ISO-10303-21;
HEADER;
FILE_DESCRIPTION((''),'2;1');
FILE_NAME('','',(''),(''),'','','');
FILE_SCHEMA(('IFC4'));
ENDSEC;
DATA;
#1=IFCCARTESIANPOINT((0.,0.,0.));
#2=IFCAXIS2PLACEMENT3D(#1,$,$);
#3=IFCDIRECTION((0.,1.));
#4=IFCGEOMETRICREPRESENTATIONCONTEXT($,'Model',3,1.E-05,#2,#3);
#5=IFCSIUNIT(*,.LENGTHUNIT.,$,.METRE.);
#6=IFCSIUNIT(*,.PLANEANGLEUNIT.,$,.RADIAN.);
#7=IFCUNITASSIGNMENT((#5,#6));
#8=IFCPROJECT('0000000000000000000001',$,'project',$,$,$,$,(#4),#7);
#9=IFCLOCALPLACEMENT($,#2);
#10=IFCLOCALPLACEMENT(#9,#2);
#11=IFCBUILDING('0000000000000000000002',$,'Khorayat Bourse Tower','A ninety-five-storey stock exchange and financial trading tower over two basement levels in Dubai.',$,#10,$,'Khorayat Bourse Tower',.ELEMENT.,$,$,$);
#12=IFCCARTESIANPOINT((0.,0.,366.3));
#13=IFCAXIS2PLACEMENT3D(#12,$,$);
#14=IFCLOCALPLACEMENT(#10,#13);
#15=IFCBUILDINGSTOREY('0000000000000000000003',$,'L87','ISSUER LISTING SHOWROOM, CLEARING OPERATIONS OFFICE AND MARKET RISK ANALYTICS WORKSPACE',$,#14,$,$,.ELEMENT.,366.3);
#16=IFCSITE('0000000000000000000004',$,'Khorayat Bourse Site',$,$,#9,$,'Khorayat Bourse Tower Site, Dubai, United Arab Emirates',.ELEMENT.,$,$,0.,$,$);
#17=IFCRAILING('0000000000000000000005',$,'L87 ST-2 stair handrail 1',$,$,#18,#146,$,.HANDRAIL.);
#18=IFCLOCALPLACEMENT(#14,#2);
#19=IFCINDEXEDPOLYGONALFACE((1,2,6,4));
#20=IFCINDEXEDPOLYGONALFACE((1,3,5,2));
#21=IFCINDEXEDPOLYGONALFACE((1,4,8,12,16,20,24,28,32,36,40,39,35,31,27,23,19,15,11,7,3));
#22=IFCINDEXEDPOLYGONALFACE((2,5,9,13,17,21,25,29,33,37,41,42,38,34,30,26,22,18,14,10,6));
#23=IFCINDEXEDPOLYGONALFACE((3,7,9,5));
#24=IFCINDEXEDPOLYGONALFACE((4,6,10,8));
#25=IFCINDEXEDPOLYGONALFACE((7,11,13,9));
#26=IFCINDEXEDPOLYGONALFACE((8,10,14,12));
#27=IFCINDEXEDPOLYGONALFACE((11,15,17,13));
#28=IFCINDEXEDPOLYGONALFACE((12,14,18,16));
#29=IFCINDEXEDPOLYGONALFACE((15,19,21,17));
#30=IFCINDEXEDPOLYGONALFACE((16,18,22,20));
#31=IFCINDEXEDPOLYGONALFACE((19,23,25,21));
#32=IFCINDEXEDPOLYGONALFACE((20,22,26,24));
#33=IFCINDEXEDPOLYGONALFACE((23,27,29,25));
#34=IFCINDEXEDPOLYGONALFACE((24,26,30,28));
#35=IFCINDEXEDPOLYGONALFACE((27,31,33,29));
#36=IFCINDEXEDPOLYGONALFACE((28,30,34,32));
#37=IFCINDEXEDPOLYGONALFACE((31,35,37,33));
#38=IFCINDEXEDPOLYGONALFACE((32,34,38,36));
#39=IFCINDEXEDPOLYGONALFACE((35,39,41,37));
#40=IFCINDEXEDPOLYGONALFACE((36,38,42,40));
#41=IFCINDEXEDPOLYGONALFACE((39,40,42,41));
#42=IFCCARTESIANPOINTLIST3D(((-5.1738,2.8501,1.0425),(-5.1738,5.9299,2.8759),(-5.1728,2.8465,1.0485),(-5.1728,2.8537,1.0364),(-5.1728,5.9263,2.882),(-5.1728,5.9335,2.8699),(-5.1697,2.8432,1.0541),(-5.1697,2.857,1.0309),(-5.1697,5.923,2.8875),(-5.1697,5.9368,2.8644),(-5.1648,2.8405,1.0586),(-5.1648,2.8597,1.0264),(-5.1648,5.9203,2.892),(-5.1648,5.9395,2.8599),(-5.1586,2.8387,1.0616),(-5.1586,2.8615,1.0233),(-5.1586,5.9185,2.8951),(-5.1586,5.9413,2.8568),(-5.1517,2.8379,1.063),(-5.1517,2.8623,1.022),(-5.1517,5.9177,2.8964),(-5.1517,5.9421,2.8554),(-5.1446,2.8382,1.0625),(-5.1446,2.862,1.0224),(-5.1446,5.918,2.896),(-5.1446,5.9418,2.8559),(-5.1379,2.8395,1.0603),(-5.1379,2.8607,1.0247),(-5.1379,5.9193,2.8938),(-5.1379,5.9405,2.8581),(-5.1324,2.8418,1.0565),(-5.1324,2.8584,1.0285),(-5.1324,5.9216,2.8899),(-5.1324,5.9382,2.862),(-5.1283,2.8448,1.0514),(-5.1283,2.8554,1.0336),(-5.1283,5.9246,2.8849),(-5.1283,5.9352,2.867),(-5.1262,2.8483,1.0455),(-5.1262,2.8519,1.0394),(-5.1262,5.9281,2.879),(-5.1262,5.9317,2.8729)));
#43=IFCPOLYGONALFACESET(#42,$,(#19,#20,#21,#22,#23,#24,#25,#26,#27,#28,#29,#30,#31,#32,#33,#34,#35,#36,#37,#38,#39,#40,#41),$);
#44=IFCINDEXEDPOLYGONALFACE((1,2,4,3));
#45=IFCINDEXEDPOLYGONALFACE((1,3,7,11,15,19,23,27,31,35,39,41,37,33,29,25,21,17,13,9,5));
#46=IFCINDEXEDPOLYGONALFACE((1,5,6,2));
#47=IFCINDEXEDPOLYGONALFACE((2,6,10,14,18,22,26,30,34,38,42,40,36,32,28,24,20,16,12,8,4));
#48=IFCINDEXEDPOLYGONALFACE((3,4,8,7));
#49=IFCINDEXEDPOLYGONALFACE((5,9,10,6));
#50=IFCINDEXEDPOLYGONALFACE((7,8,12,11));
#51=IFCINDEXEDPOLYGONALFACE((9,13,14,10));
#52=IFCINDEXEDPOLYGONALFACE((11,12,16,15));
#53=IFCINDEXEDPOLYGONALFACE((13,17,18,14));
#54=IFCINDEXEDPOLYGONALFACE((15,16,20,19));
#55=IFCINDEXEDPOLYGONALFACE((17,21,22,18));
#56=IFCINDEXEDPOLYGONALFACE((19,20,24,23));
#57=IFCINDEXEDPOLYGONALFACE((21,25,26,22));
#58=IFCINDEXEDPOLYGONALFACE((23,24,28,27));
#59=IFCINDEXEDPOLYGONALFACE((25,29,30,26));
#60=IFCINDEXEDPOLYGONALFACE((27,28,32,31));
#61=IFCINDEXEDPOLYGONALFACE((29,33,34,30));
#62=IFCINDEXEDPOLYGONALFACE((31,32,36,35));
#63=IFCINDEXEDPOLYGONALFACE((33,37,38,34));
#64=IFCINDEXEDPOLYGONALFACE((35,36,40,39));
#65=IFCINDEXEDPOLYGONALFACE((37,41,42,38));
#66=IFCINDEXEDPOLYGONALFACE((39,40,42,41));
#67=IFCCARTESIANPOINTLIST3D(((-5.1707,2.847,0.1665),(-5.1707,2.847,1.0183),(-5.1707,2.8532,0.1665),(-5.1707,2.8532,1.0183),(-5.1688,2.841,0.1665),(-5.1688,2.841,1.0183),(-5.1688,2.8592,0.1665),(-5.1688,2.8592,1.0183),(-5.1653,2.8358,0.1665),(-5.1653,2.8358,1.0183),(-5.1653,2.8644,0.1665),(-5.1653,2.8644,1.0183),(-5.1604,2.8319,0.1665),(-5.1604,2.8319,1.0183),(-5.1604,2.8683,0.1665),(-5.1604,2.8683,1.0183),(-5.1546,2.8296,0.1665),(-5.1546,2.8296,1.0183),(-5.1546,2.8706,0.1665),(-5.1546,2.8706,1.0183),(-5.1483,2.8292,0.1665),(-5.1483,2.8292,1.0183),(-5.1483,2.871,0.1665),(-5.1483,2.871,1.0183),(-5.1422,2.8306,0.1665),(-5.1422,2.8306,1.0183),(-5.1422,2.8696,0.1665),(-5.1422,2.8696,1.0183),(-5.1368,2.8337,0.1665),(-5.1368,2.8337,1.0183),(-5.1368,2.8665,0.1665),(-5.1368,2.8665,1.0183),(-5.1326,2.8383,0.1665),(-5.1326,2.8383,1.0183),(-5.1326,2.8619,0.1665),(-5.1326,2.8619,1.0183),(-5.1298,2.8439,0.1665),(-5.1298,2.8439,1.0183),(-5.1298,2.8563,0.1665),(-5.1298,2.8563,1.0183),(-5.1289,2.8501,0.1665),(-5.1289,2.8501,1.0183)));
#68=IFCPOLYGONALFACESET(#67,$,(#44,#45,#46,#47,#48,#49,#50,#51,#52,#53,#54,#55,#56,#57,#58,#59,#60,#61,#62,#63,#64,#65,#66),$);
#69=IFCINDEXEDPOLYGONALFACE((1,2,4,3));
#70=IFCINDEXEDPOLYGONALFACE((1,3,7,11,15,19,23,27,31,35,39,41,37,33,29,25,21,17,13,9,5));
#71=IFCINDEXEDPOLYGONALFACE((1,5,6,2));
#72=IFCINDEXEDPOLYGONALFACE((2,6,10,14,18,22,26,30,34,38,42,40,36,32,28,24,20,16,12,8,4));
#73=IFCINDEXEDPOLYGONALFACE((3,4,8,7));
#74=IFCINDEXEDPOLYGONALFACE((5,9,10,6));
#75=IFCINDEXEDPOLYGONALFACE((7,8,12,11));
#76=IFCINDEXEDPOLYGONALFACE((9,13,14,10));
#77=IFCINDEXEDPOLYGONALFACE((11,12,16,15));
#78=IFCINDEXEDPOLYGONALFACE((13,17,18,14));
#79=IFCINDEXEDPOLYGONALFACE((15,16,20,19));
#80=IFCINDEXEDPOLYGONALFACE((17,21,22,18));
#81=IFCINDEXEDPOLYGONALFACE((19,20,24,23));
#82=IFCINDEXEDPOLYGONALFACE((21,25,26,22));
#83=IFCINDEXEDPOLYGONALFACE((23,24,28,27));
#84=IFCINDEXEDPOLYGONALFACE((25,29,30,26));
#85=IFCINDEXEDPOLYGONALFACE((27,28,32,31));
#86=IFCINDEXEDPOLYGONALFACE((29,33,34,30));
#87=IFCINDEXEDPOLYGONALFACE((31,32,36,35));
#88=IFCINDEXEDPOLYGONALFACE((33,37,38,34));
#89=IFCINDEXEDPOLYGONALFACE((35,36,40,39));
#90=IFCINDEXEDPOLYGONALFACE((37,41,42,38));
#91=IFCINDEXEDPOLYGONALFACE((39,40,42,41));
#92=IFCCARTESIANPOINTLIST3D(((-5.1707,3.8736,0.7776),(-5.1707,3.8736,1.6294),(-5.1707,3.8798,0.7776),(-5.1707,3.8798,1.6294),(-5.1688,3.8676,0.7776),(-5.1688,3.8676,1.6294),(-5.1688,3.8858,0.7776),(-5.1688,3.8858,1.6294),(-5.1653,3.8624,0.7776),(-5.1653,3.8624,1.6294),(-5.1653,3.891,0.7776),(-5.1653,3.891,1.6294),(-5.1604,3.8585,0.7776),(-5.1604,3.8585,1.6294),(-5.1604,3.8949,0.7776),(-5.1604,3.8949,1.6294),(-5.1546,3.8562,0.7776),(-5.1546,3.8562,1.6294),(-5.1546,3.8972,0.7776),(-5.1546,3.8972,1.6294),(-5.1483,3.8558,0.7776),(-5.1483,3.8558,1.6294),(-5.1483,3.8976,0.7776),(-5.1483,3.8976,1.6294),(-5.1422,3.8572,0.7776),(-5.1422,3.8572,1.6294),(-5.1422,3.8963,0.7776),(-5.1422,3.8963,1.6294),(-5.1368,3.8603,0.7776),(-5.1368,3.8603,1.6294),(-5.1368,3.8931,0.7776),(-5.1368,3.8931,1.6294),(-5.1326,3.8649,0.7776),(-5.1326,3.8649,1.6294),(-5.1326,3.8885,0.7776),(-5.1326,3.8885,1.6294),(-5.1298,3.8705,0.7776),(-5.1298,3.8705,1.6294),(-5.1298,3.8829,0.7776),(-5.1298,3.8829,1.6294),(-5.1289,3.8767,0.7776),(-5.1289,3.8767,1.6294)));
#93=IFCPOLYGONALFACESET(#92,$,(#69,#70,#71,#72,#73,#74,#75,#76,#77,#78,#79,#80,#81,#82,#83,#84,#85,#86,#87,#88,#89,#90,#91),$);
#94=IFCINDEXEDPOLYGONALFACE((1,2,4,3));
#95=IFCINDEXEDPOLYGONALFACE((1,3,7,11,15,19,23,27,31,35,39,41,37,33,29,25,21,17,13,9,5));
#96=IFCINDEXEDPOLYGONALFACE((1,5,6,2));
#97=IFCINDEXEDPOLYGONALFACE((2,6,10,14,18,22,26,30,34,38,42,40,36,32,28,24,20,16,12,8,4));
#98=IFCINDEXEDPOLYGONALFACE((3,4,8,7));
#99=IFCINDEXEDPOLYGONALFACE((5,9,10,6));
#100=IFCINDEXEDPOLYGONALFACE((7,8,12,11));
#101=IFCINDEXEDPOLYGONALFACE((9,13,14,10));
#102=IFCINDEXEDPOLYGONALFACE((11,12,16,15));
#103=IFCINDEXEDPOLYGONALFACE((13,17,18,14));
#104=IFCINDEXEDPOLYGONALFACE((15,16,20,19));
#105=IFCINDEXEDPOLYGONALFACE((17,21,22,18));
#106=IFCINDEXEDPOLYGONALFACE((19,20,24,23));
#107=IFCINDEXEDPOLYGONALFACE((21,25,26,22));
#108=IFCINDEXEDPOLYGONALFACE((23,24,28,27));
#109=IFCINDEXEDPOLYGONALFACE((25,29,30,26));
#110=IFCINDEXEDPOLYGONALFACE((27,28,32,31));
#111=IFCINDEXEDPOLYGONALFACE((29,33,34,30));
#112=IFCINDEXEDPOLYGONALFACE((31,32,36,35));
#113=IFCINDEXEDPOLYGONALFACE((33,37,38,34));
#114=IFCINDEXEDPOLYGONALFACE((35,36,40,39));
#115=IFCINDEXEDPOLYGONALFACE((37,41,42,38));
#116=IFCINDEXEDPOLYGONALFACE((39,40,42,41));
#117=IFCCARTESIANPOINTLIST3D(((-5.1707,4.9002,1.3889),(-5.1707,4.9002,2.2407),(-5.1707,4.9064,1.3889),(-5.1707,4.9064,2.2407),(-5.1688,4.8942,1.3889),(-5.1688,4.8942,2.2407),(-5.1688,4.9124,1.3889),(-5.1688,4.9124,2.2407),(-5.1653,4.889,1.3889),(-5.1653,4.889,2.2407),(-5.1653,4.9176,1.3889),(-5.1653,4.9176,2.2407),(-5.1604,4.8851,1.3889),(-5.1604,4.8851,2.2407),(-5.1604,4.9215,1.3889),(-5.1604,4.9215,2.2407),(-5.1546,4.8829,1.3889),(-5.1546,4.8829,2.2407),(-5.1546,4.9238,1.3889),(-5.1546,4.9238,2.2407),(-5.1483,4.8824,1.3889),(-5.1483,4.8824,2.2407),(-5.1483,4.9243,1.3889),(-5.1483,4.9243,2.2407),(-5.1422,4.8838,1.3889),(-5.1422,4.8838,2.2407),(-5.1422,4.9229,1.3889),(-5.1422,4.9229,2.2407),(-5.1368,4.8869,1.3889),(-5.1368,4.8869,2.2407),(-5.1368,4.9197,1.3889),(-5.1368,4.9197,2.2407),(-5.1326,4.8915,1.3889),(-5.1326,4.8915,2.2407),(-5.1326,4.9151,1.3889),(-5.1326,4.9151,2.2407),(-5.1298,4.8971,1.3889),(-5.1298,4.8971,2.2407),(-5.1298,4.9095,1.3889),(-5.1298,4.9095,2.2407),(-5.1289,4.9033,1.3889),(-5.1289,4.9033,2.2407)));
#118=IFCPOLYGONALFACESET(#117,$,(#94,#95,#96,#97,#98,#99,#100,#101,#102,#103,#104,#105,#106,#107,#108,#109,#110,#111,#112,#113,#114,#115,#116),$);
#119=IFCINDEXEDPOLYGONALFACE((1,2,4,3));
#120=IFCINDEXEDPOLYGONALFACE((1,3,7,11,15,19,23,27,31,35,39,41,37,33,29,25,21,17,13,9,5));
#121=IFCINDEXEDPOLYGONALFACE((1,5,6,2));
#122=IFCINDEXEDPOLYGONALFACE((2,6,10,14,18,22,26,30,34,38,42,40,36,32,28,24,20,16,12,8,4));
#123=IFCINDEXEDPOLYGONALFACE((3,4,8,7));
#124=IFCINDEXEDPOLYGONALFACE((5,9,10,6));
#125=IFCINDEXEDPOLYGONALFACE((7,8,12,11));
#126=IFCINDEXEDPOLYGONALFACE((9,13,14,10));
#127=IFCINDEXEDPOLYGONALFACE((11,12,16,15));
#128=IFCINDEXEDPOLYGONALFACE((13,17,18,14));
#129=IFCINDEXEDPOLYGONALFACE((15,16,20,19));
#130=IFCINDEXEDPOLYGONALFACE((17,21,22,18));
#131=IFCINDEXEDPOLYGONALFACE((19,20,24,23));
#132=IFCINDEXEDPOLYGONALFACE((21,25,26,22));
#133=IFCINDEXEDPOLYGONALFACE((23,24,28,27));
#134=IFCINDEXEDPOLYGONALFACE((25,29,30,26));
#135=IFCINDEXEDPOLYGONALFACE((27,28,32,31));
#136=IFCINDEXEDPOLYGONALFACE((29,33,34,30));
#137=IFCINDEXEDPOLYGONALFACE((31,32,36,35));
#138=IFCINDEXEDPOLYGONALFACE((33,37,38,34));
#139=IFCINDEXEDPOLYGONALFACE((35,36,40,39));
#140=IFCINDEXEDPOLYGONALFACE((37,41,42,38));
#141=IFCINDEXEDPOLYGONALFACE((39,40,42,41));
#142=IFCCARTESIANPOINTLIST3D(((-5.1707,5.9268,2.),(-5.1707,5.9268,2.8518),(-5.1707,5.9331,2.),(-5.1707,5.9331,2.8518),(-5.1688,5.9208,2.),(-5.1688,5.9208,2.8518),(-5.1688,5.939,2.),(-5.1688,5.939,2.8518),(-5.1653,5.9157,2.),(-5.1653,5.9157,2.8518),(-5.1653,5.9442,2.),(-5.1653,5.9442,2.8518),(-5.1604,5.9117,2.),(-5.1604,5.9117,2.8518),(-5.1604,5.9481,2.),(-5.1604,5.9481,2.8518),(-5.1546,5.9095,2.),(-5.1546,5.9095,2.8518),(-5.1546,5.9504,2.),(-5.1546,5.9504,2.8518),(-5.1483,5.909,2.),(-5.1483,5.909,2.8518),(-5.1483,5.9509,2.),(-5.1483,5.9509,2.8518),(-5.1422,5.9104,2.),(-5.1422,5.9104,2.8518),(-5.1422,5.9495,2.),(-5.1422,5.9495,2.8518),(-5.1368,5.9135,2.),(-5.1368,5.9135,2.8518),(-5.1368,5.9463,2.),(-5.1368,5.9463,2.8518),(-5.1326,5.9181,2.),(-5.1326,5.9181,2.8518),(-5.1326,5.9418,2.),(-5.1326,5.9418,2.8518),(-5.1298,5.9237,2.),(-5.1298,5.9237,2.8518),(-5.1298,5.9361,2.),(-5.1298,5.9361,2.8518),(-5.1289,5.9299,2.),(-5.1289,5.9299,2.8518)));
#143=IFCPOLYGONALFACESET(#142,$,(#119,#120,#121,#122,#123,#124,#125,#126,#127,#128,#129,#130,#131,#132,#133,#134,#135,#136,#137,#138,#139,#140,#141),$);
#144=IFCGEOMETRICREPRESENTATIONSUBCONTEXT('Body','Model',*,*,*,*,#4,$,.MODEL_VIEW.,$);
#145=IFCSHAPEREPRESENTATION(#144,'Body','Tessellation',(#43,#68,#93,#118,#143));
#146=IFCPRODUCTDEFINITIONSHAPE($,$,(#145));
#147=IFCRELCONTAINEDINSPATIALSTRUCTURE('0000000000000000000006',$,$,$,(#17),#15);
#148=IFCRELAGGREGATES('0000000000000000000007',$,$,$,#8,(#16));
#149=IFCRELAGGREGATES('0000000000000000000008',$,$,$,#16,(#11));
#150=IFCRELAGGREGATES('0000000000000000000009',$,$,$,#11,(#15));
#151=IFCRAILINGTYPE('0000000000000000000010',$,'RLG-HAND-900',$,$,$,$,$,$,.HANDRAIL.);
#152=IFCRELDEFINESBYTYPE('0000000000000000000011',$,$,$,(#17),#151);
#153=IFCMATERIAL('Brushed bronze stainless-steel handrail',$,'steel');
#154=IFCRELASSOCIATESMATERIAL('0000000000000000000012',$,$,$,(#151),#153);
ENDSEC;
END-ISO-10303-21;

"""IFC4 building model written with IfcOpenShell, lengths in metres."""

from ifc_helpers import new_model, si_unit, direction, frame, origin, origin_2d, place, context, subcontext, project, spatial, circle, extrude, source, transform, mapped, material, type_object, element, save


model = new_model("IFC4")

# Units and contexts
model_context = context("Model", 3, precision=1e-05, world=origin(), true_north=direction((0.0, 1.0)))
body_context = subcontext(model_context, "Body", "Model", "MODEL_VIEW")
ifc_project = project(units=[si_unit("LENGTHUNIT", "METRE"), si_unit("PLANEANGLEUNIT", "RADIAN")], contexts=[model_context])

# Site, building, storey
site_placement = place(None, origin())
site = spatial("IfcSite", under=ifc_project, at=site_placement, Name="Khorayat Bourse Site", LongName="Khorayat Bourse Tower Site, Dubai, United Arab Emirates", CompositionType="ELEMENT", RefElevation=0.0)
building_placement = place(site_placement, origin())
building = spatial("IfcBuilding", under=site, at=building_placement, Name="Khorayat Bourse Tower", Description="A ninety-five-storey stock exchange and financial trading tower over two basement levels in Dubai.", LongName="Khorayat Bourse Tower", CompositionType="ELEMENT")
storey_placement = place(building_placement, frame((0.0, 0.0, 366.3)))
storey = spatial("IfcBuildingStorey", under=building, at=storey_placement, Name="L87", Description="ISSUER LISTING SHOWROOM, CLEARING OPERATIONS OFFICE AND MARKET RISK ANALYTICS WORKSPACE", CompositionType="ELEMENT", Elevation=366.3)

# Railing
ifc_material_1 = material(Name="Brushed bronze stainless-steel handrail", Category="steel")
railing_type_1 = type_object("IfcRailingType", Name="RLG-HAND-900", PredefinedType="HANDRAIL", material=ifc_material_1)
shared_shape_1 = source(origin(), body_context, "Body", "SweptSolid", [
    extrude(circle(Radius=0.0239, at=origin_2d()), frame((0.0, 0.0, 0.876), z_axis=(0.0, 0.859261, 0.511538), x_axis=(-1.0, 0.0, 0.0)), (0.0, 0.0, 1.0), 3.5842),
    extrude(circle(Radius=0.021, at=origin_2d()), origin(), (0.0, 0.0, 1.0), 0.8518),
    extrude(circle(Radius=0.021, at=origin_2d()), frame((0.0, 1.0266, 0.6111)), (0.0, 0.0, 1.0), 0.8518),
    extrude(circle(Radius=0.021, at=origin_2d()), frame((0.0, 2.0532, 1.2224)), (0.0, 0.0, 1.0), 0.8518),
    extrude(circle(Radius=0.021, at=origin_2d()), frame((0.0, 3.0798, 1.8335)), (0.0, 0.0, 1.0), 0.8518),
])
railing_1_placement = place(storey_placement, frame((-5.1499, 2.8501, 0.1665)))
element("IfcRailing", 1, at=railing_1_placement, inside=storey, type_object=railing_type_1, Name="L87 ST-2 stair handrail 1", PredefinedType="HANDRAIL", context=body_context, shape_type="MappedRepresentation", body=[
    mapped(shared_shape_1, transform((0.0, 0.0, 0.0), scale=1.0)),
])

save(model, "model.ifc")
